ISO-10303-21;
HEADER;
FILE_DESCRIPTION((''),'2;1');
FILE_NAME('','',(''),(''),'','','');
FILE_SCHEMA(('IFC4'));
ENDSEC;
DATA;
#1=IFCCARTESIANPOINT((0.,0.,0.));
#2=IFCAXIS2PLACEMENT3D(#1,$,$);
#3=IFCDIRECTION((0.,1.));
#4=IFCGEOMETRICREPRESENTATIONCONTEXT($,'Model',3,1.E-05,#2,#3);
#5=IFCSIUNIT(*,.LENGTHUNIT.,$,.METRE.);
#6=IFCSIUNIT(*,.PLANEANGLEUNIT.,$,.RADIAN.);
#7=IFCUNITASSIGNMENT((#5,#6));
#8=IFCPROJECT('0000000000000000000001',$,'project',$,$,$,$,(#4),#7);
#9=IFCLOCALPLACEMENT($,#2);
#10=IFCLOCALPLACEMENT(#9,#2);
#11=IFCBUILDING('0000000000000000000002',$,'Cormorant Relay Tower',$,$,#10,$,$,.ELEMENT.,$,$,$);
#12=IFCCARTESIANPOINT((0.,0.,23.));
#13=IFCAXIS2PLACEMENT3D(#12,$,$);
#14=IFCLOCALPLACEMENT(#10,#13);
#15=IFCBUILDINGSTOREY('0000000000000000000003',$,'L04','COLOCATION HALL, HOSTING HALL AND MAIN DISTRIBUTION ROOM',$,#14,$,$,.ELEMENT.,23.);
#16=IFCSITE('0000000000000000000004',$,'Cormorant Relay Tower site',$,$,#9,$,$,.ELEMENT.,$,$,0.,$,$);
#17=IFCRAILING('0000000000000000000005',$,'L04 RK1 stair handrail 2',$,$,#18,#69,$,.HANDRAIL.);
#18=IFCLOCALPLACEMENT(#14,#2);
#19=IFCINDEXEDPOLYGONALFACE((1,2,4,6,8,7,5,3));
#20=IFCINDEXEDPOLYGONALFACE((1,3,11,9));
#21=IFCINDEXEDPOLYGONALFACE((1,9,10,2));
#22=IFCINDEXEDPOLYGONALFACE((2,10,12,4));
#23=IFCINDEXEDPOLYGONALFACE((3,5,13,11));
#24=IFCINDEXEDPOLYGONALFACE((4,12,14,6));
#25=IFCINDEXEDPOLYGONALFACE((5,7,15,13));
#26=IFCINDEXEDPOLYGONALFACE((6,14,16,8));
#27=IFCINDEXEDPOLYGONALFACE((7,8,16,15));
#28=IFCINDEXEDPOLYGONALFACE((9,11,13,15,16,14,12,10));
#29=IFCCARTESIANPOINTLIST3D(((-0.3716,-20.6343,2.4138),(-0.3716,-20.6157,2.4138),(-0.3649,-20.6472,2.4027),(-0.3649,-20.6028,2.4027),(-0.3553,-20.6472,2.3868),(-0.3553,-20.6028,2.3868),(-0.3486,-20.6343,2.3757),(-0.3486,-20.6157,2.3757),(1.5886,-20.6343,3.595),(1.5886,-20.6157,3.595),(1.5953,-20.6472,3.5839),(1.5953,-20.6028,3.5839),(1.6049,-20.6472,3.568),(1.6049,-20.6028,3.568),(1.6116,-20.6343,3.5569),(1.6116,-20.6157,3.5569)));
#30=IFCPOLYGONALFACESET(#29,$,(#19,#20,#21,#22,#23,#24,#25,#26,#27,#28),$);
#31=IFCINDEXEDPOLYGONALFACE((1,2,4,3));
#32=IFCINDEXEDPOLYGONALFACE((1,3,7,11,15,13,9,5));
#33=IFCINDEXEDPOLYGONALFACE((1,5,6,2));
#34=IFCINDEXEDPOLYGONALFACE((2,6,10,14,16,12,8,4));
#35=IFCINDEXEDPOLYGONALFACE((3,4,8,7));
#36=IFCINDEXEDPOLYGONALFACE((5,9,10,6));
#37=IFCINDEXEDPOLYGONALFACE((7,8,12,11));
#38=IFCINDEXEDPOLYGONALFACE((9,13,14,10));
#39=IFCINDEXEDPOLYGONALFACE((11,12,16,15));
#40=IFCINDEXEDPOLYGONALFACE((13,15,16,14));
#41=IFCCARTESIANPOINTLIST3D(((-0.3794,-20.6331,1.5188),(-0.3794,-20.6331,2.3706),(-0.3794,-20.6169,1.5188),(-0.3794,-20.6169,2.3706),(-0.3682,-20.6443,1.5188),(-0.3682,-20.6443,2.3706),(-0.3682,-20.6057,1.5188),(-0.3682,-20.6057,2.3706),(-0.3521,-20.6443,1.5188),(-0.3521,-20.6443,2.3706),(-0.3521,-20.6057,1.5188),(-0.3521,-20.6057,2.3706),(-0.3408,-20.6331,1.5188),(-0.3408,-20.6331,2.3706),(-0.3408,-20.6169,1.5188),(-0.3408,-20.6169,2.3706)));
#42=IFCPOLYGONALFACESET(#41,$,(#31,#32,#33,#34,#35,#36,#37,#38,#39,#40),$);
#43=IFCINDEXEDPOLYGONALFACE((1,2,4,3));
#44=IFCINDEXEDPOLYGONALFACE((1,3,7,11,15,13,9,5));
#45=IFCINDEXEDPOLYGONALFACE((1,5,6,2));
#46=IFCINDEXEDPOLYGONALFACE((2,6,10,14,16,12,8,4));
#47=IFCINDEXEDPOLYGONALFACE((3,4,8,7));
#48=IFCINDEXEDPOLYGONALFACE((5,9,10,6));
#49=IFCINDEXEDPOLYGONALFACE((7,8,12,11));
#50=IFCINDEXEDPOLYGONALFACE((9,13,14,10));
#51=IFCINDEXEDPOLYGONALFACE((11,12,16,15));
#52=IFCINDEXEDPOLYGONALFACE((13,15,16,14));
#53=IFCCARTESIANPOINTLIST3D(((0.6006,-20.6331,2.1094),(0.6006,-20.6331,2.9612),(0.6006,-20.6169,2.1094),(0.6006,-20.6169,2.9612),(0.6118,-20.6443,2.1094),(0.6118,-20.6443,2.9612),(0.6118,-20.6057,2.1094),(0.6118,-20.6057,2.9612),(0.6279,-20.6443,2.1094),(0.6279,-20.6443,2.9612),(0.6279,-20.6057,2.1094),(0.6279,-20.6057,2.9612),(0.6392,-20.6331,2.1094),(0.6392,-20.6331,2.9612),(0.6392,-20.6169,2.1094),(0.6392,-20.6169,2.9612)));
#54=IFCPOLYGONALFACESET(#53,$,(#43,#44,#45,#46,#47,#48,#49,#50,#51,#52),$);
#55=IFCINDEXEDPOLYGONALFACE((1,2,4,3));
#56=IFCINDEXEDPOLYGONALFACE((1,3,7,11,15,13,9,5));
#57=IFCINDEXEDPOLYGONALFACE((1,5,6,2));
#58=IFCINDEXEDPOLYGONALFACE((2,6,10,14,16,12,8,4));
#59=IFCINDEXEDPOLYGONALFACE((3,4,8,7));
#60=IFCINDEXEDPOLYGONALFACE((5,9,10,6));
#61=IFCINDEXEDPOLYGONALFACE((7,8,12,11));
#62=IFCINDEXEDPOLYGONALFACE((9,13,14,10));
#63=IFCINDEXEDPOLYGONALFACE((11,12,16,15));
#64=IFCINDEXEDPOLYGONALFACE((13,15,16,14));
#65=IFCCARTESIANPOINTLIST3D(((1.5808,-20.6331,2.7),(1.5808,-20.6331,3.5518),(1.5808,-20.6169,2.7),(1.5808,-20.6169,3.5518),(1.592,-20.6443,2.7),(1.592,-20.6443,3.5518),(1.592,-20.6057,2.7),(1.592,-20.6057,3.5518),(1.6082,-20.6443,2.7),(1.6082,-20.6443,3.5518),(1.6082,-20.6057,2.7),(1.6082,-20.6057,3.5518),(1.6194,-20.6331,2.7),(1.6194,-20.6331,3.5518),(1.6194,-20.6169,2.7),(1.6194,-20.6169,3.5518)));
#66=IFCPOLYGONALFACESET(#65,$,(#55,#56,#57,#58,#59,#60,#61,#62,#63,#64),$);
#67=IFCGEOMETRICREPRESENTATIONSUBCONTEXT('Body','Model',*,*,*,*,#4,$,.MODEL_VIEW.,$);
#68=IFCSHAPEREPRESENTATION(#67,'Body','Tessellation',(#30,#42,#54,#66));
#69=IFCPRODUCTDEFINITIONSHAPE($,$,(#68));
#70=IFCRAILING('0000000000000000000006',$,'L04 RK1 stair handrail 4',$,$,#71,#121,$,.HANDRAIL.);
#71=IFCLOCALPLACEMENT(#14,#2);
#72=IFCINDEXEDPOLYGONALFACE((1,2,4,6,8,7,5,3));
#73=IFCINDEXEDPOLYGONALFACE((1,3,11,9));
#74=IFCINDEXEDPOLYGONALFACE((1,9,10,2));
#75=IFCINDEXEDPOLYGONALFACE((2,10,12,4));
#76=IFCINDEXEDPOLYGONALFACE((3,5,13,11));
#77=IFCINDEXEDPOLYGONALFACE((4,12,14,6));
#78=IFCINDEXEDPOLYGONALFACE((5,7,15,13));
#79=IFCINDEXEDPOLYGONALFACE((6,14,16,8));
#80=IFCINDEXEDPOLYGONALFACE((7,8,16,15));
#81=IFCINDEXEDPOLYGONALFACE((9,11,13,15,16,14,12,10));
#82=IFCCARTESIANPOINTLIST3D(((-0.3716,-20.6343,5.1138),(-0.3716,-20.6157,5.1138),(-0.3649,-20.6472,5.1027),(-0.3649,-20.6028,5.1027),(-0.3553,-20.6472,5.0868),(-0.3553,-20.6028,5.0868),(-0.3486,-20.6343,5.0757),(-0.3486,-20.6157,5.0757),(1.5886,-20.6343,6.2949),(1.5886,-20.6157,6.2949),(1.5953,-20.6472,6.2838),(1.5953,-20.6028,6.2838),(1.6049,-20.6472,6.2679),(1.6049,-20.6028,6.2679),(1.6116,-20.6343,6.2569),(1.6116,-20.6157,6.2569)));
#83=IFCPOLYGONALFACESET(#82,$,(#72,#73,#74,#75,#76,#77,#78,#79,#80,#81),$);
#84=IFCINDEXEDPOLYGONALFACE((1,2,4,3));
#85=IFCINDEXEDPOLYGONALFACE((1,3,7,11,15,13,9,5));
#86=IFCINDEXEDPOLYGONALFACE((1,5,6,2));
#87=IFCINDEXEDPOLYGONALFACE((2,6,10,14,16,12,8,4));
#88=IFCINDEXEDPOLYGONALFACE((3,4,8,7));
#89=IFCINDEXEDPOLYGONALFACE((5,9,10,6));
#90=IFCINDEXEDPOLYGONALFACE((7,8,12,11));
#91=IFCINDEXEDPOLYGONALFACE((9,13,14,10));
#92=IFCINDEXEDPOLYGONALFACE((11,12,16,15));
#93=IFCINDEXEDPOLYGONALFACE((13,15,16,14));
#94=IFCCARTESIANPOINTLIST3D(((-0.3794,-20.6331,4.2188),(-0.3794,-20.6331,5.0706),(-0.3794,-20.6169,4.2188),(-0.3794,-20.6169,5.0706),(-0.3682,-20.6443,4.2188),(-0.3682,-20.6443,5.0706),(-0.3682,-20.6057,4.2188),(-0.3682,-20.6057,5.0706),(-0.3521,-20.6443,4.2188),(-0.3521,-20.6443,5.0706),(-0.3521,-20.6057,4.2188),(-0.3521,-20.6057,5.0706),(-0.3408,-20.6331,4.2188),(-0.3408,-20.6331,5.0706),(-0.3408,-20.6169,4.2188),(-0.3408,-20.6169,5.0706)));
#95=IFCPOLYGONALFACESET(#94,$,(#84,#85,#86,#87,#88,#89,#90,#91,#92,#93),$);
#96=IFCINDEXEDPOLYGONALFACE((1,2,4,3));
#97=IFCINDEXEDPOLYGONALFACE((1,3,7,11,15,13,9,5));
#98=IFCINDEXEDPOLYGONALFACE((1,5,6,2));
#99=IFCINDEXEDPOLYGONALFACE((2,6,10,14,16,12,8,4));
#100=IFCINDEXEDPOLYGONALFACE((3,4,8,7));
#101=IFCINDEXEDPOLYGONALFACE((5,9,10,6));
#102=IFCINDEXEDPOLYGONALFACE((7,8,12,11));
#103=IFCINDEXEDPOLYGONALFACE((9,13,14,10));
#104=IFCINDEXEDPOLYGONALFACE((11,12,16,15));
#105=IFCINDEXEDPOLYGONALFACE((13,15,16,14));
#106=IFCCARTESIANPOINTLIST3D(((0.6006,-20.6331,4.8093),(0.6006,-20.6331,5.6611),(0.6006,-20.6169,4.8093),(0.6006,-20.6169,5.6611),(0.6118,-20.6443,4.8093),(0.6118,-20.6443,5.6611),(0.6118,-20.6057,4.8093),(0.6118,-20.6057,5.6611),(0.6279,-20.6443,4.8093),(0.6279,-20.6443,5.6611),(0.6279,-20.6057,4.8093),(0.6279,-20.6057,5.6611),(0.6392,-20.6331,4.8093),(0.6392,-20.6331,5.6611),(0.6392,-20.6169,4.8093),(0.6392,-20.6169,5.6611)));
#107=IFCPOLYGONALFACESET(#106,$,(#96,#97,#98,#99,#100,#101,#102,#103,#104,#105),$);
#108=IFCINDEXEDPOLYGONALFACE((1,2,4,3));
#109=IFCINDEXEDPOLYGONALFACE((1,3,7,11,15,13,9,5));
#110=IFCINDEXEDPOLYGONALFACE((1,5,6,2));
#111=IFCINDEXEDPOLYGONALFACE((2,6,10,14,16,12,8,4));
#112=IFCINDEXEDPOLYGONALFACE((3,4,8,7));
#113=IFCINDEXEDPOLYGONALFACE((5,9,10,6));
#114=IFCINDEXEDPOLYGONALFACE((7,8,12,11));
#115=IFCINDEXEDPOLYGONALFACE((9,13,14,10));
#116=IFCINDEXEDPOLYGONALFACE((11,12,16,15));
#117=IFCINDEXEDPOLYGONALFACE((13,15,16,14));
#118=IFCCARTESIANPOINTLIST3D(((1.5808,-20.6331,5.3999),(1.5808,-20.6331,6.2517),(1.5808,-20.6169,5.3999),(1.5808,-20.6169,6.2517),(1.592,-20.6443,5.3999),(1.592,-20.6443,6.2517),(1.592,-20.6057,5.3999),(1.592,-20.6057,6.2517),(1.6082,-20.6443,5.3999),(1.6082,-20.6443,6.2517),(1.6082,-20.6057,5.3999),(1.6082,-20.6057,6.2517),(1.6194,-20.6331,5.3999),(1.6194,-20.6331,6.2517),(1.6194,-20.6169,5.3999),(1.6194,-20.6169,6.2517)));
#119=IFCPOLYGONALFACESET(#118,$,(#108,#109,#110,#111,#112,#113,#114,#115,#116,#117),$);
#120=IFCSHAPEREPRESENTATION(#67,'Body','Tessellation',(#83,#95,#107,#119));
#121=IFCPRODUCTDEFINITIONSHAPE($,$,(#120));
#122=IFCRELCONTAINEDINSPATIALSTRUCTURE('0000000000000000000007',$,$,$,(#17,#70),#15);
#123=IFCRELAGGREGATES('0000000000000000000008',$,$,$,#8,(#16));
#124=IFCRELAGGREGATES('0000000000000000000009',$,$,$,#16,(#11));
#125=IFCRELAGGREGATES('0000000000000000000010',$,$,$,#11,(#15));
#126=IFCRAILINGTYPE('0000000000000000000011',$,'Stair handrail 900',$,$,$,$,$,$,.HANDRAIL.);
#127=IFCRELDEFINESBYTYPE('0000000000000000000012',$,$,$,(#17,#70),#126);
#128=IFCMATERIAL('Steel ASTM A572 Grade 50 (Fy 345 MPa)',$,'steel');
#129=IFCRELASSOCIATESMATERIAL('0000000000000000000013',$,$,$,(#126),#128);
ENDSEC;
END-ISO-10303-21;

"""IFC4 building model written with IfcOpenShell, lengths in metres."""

from ifc_helpers import new_model, si_unit, direction, frame, origin, place, context, subcontext, project, spatial, polyline, outline, extrude, material, type_object, element, save


model = new_model("IFC4")

# Units and contexts
model_context = context("Model", 3, precision=1e-05, world=origin(), true_north=direction((0.0, 1.0)))
body_context = subcontext(model_context, "Body", "Model", "MODEL_VIEW")
ifc_project = project(units=[si_unit("LENGTHUNIT", "METRE"), si_unit("PLANEANGLEUNIT", "RADIAN")], contexts=[model_context])

# Site, building, storey
site_placement = place(None, origin())
site = spatial("IfcSite", under=ifc_project, at=site_placement, Name="Cormorant Relay Tower site", CompositionType="ELEMENT", RefElevation=0.0)
building_placement = place(site_placement, origin())
building = spatial("IfcBuilding", under=site, at=building_placement, Name="Cormorant Relay Tower", CompositionType="ELEMENT")
storey_placement = place(building_placement, frame((0.0, 0.0, 23.0)))
storey = spatial("IfcBuildingStorey", under=building, at=storey_placement, Name="L04", Description="COLOCATION HALL, HOSTING HALL AND MAIN DISTRIBUTION ROOM", CompositionType="ELEMENT", Elevation=23.0)

# Railings
ifc_material_1 = material(Name="Steel ASTM A572 Grade 50 (Fy 345 MPa)", Category="steel")
railing_type_1 = type_object("IfcRailingType", Name="Stair handrail 900", PredefinedType="HANDRAIL", material=ifc_material_1)
for number, where, name in (
    (1, (-0.3601, -20.625, 1.5188), "L04 RK1 stair handrail 2"),
    (2, (-0.3601, -20.625, 4.2188), "L04 RK1 stair handrail 4"),
):
    element("IfcRailing", number, at=place(storey_placement, frame(where)), inside=storey, type_object=railing_type_1, Name=name, PredefinedType="HANDRAIL", context=body_context, shape_type="SweptSolid", body=[
        extrude(outline(polyline([(0.0222, 0.0093), (0.0093, 0.0222), (-0.0093, 0.0222), (-0.0222, 0.0093), (-0.0222, -0.0093), (-0.0093, -0.0222), (0.0093, -0.0222), (0.0222, -0.0093), (0.0222, 0.0093)])), frame((0.0, 0.0, 0.876), z_axis=(0.856522, 0.0, 0.516111), x_axis=(0.0, 1.0, 0.0)), (0.0, 0.0, 1.0), 2.2886),
        extrude(outline(polyline([(0.0193, 0.0081), (0.0081, 0.0193), (-0.0081, 0.0193), (-0.0193, 0.0081), (-0.0193, -0.0081), (-0.0081, -0.0193), (0.0081, -0.0193), (0.0193, -0.0081), (0.0193, 0.0081)])), origin(), (0.0, 0.0, 1.0), 0.8518),
        extrude(outline(polyline([(0.0193, 0.0081), (0.0081, 0.0193), (-0.0081, 0.0193), (-0.0193, 0.0081), (-0.0193, -0.0081), (-0.0081, -0.0193), (0.0081, -0.0193), (0.0193, -0.0081), (0.0193, 0.0081)])), frame((0.98, 0.0, 0.5906)), (0.0, 0.0, 1.0), 0.8518),
        extrude(outline(polyline([(0.0193, 0.0081), (0.0081, 0.0193), (-0.0081, 0.0193), (-0.0193, 0.0081), (-0.0193, -0.0081), (-0.0081, -0.0193), (0.0081, -0.0193), (0.0193, -0.0081), (0.0193, 0.0081)])), frame((1.9602, 0.0, 1.1812)), (0.0, 0.0, 1.0), 0.8518),
    ])

save(model, "model.ifc")
